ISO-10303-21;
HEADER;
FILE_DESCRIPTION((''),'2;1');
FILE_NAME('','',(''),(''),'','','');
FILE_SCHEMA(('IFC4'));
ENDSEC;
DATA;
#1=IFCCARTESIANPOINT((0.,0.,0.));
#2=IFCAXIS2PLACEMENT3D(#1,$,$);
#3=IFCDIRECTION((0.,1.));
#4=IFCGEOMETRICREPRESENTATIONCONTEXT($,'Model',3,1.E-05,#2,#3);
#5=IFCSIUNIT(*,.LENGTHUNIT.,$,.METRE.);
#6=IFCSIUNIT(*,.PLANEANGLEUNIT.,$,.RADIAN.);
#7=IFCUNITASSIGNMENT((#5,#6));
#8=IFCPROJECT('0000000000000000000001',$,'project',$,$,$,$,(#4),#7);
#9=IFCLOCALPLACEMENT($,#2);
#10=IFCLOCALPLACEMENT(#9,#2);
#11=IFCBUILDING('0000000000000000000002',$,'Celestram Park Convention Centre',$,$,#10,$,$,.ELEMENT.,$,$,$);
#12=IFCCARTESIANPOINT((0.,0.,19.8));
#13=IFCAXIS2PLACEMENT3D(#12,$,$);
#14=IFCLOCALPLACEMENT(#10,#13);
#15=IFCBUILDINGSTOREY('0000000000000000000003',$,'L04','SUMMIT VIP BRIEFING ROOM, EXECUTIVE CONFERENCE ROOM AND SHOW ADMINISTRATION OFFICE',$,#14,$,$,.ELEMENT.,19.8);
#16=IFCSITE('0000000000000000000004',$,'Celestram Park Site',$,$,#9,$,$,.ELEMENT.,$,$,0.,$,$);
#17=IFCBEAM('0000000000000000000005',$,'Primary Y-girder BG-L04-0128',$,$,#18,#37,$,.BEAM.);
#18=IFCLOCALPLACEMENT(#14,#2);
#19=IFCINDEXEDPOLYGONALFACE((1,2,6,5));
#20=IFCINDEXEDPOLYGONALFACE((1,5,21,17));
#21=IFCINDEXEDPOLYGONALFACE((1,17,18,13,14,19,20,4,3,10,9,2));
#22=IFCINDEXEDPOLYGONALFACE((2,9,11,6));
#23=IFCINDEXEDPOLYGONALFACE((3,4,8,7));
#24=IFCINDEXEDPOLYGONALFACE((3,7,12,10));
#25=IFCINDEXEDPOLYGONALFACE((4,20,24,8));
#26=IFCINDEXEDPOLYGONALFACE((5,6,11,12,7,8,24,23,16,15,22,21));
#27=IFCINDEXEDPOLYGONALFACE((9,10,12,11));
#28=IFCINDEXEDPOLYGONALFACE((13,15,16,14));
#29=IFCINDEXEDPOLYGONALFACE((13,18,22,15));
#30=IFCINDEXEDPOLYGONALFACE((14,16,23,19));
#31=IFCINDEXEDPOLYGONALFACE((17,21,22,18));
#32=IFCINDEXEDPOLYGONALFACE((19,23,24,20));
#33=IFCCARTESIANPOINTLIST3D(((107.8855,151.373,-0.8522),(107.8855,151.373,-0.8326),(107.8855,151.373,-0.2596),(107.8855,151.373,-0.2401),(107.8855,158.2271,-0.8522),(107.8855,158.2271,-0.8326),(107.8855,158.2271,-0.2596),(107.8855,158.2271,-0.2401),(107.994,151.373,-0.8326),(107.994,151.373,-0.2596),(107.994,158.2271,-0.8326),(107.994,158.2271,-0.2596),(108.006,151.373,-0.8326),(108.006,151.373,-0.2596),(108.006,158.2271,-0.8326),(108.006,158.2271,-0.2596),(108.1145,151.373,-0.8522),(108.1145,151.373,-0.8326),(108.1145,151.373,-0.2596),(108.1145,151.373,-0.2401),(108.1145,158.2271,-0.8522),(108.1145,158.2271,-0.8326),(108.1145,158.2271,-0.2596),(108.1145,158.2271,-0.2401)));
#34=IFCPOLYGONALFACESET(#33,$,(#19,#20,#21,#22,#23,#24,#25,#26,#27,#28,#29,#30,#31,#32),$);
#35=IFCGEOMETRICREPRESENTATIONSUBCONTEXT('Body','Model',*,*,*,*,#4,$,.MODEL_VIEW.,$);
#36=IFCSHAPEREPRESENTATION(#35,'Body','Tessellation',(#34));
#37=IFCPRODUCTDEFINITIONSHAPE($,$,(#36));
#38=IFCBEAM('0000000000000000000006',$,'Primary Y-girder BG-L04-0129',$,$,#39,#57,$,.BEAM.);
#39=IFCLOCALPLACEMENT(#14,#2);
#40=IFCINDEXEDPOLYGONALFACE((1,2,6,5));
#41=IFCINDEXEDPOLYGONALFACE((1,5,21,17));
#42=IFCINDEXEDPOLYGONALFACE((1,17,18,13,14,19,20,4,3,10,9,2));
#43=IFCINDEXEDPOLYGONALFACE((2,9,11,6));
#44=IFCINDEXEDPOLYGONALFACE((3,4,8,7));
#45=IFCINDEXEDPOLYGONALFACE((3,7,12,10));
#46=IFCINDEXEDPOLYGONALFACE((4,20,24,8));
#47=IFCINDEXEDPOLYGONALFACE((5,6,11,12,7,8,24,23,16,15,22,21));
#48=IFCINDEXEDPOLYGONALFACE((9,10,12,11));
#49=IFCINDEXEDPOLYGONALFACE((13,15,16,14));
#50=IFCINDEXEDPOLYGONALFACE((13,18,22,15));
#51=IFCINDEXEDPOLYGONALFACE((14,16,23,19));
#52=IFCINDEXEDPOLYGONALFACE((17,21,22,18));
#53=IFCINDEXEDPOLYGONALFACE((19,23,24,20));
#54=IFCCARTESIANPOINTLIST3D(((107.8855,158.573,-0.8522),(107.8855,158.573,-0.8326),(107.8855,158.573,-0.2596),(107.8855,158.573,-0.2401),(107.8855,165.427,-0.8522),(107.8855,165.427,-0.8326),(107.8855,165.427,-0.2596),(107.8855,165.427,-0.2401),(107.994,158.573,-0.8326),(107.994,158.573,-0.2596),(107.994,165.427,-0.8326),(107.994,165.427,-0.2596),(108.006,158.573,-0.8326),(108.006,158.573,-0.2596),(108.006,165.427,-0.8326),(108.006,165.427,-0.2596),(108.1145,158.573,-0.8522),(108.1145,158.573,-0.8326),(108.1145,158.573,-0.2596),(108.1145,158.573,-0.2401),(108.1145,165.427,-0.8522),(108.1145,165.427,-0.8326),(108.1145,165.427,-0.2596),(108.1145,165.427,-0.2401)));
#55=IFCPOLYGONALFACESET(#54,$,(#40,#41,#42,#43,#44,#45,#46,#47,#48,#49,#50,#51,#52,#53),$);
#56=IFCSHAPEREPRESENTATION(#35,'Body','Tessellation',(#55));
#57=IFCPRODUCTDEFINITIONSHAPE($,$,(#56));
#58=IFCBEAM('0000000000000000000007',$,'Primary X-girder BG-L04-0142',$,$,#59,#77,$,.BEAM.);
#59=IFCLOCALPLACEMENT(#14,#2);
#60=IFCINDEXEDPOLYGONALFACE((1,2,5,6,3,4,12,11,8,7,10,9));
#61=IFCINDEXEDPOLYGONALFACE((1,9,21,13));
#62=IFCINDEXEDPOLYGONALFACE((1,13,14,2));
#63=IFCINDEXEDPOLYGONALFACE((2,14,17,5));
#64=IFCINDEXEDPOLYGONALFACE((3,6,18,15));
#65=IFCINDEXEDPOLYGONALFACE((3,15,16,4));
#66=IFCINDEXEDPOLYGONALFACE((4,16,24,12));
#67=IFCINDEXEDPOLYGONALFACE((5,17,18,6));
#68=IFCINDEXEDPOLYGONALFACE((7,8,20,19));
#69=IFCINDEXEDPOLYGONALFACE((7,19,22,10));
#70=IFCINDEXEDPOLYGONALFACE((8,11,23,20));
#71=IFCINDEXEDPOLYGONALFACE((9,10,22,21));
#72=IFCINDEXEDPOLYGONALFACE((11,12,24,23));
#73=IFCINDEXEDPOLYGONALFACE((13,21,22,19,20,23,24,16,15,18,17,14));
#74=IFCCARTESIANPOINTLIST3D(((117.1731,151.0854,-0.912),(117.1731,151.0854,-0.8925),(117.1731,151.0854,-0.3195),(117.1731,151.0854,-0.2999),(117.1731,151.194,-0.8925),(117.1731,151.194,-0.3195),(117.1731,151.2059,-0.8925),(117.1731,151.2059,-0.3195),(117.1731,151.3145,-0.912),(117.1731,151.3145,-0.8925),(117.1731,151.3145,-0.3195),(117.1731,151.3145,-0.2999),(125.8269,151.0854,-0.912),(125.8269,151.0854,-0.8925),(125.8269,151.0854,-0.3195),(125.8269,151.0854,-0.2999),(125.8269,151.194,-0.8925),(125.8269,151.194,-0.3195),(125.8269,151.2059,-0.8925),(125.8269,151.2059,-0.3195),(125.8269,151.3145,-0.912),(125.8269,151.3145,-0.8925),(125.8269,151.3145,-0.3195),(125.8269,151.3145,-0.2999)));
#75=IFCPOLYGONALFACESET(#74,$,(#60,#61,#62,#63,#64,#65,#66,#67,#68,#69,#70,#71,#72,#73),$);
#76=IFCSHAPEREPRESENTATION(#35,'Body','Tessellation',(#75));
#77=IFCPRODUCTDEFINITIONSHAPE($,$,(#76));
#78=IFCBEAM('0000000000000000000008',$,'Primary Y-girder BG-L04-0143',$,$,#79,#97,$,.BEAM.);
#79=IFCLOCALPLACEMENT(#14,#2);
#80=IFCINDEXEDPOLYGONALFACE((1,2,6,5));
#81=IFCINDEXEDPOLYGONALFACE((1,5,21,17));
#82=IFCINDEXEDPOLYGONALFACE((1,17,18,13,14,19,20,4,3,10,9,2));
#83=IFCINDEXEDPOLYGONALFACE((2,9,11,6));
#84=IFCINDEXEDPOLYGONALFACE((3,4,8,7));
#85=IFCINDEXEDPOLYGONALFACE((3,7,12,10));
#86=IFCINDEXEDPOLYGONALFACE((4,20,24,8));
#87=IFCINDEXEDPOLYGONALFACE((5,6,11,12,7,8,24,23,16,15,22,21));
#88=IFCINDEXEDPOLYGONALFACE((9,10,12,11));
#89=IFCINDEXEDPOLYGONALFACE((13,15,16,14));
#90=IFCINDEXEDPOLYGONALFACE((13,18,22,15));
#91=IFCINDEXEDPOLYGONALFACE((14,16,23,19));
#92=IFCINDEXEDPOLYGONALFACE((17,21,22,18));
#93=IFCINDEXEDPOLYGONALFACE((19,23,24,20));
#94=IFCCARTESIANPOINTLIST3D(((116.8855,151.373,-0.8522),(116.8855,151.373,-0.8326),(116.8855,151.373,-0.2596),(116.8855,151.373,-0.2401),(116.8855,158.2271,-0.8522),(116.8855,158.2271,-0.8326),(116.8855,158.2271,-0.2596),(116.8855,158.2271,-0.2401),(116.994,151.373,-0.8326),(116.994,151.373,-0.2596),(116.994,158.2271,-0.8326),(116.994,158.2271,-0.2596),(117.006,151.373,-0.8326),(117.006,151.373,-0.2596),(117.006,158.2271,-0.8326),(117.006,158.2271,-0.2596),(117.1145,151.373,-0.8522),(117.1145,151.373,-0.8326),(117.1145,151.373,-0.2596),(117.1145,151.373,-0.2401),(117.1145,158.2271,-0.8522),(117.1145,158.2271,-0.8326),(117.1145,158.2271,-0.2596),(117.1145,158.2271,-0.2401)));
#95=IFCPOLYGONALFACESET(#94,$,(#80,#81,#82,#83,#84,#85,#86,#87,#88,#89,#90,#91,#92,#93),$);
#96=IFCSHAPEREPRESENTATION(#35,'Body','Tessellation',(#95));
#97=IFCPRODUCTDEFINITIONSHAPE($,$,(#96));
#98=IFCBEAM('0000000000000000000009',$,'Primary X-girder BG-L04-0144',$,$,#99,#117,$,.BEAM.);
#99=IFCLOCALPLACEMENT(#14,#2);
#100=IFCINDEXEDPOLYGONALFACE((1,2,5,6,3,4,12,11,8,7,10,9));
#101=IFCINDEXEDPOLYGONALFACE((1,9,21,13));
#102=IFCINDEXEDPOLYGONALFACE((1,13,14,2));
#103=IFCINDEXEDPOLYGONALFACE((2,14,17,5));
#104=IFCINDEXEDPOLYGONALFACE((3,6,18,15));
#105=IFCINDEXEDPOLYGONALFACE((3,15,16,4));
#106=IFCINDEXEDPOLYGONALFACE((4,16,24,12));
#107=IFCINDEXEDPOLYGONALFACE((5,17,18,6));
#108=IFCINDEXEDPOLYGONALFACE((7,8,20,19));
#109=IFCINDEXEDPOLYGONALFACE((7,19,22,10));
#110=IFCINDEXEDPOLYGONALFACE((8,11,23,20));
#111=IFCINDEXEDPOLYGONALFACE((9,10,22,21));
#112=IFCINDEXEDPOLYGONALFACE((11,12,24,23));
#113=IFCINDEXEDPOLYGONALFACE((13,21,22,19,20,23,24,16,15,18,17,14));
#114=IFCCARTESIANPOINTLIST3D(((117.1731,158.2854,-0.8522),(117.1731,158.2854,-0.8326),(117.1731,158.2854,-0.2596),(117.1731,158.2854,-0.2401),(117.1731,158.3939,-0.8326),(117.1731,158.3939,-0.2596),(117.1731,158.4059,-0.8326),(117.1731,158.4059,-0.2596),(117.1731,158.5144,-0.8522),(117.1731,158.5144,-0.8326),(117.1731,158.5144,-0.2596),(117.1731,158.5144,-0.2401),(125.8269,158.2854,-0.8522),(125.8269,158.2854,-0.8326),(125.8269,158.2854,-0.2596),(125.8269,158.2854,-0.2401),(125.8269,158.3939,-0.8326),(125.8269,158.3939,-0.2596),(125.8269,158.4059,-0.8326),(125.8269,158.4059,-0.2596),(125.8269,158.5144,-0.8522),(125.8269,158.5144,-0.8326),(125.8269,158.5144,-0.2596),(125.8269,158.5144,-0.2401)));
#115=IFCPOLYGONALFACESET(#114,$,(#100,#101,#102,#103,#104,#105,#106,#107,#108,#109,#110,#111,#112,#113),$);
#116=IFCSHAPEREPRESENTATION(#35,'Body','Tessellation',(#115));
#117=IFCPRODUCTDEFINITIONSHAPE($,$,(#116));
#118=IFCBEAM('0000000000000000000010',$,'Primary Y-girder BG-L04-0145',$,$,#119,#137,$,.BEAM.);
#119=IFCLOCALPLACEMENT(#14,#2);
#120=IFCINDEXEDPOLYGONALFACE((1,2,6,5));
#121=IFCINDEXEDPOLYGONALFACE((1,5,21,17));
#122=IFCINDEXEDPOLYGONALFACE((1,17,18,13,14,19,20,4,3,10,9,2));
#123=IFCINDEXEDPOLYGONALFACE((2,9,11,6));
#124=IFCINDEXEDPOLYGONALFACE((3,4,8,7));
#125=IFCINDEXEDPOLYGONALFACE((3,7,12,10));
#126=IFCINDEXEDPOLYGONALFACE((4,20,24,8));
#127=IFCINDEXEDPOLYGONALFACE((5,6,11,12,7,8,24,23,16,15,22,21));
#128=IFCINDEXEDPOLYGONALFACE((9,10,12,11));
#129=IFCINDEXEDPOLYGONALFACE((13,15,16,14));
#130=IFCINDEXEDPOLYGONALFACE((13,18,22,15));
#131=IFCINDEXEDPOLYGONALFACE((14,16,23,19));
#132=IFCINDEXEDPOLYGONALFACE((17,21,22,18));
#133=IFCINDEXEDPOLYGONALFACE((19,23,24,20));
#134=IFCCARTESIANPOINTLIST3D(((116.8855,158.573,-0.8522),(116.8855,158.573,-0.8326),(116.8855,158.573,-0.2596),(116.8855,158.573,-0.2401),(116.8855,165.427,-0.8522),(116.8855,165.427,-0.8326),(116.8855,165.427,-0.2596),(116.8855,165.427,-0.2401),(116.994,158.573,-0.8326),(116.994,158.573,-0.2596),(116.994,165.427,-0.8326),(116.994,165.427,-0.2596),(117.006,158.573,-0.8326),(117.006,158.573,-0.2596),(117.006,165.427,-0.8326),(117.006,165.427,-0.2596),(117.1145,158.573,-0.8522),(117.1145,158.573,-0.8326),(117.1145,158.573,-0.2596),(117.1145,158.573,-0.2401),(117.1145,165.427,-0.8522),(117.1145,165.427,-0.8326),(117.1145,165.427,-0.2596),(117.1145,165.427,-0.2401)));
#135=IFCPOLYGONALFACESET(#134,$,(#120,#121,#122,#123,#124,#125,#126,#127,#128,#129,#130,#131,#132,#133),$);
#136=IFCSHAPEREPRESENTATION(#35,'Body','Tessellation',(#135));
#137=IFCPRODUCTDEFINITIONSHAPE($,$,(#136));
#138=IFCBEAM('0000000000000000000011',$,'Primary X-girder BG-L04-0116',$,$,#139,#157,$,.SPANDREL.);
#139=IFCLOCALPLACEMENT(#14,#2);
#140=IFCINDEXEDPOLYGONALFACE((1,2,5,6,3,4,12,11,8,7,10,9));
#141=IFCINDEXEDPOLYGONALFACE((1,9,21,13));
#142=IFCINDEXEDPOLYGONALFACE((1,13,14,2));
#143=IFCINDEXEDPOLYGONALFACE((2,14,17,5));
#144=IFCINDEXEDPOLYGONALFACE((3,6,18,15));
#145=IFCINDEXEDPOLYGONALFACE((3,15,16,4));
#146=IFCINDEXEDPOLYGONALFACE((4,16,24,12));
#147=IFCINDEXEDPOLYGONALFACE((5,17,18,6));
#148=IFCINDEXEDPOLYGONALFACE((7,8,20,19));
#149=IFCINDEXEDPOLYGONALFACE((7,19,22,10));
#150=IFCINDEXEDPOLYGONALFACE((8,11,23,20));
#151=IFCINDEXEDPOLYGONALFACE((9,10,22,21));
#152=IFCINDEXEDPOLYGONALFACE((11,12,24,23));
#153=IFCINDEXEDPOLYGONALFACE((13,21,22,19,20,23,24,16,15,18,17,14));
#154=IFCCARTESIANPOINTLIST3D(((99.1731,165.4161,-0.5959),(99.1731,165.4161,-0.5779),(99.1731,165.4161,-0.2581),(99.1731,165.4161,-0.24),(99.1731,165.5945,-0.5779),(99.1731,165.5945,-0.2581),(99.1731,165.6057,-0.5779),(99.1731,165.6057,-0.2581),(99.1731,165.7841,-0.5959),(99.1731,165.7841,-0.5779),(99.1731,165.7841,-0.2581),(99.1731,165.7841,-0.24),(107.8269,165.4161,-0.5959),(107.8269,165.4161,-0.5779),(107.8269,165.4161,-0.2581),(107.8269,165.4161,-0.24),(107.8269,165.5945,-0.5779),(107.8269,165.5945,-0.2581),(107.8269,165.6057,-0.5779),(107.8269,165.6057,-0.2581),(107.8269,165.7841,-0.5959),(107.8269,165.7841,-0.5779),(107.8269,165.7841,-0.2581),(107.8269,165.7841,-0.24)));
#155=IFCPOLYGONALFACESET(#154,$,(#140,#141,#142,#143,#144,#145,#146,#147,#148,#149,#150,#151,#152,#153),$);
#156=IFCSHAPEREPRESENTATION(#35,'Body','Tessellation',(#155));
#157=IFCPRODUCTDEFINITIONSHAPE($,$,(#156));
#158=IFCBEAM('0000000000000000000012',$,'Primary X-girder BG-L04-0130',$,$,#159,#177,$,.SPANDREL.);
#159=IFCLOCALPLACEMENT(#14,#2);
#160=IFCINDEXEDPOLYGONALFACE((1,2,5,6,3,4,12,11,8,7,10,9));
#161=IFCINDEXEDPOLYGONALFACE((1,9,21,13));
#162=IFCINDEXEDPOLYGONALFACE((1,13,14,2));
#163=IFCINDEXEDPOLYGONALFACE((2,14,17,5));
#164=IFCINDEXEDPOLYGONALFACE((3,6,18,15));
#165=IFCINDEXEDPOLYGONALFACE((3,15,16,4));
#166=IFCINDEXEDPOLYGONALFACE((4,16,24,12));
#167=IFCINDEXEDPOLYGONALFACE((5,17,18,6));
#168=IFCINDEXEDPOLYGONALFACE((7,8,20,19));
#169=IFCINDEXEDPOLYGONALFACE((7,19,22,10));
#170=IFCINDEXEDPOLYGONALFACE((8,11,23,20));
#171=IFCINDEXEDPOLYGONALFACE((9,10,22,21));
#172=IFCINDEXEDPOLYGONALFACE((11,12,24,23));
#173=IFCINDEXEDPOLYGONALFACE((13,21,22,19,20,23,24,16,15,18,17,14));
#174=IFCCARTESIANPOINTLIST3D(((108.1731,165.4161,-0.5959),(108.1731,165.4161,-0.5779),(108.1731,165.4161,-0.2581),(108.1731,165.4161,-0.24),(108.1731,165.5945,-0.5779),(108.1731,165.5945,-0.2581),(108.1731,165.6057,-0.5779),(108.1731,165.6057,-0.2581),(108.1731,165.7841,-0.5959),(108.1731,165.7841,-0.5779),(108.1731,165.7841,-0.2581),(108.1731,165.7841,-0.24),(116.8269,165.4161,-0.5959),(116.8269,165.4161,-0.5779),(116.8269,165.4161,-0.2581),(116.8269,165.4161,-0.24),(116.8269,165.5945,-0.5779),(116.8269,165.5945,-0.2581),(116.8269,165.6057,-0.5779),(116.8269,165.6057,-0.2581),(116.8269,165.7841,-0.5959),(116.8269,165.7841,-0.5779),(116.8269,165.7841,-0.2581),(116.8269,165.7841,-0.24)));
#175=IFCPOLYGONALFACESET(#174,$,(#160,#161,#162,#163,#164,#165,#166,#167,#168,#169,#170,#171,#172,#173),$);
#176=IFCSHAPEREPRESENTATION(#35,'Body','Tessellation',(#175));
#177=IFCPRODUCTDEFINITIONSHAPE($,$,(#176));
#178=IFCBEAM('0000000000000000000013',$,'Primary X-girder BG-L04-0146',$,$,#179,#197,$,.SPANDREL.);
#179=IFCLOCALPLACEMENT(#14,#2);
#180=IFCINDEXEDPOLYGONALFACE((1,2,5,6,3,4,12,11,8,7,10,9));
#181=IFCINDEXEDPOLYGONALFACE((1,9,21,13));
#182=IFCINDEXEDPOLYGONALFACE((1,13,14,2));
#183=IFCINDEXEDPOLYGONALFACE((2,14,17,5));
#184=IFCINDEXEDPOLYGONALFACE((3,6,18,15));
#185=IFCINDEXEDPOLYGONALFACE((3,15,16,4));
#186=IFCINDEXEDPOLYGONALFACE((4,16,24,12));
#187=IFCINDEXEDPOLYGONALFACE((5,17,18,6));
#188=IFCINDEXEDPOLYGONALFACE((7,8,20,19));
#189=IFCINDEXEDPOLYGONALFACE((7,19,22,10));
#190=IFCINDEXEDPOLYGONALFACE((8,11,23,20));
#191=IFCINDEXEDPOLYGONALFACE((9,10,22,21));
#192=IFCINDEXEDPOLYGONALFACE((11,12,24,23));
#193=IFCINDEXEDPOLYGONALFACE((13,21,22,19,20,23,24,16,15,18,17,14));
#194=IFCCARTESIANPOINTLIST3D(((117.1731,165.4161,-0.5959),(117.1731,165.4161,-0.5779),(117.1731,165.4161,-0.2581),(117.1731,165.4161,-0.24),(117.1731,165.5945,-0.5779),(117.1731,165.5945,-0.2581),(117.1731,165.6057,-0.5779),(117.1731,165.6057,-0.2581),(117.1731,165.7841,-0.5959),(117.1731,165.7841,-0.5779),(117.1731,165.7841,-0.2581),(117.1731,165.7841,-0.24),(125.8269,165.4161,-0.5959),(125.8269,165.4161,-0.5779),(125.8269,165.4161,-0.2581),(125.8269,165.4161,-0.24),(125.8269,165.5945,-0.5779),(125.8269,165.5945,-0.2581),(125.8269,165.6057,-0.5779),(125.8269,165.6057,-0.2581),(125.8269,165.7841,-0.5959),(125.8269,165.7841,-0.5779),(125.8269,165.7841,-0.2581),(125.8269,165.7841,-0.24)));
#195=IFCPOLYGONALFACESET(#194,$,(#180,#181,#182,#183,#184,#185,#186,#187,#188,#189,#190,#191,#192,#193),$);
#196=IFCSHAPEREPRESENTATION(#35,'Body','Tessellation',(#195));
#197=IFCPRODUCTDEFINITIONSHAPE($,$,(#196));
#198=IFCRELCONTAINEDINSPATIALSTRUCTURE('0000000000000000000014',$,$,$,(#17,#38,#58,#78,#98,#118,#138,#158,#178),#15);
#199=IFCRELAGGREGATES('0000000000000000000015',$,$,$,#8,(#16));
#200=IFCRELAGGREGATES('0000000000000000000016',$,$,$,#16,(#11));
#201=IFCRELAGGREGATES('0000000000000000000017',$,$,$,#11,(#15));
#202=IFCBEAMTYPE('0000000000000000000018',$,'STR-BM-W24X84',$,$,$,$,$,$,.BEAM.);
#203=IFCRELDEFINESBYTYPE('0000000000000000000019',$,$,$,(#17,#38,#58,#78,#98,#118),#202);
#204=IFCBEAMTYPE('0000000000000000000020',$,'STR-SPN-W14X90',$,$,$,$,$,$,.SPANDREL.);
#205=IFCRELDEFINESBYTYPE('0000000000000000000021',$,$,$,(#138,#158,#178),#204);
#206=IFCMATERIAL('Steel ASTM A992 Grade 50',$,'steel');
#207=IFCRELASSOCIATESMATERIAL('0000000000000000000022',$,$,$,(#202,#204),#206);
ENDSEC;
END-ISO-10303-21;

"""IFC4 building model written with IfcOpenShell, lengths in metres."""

from ifc_helpers import new_model, si_unit, direction, frame, origin, origin_2d, place, context, subcontext, project, spatial, i_section, extrude, material, material_profile, profile_set, type_object, element, save


model = new_model("IFC4")

# Units and contexts
model_context = context("Model", 3, precision=1e-05, world=origin(), true_north=direction((0.0, 1.0)))
body_context = subcontext(model_context, "Body", "Model", "MODEL_VIEW")
ifc_project = project(units=[si_unit("LENGTHUNIT", "METRE"), si_unit("PLANEANGLEUNIT", "RADIAN")], contexts=[model_context])

# Site, building, storey
site_placement = place(None, origin())
site = spatial("IfcSite", under=ifc_project, at=site_placement, Name="Celestram Park Site", CompositionType="ELEMENT", RefElevation=0.0)
building_placement = place(site_placement, origin())
building = spatial("IfcBuilding", under=site, at=building_placement, Name="Celestram Park Convention Centre", CompositionType="ELEMENT")
storey_placement = place(building_placement, frame((0.0, 0.0, 19.8)))
storey = spatial("IfcBuildingStorey", under=building, at=storey_placement, Name="L04", Description="SUMMIT VIP BRIEFING ROOM, EXECUTIVE CONFERENCE ROOM AND SHOW ADMINISTRATION OFFICE", CompositionType="ELEMENT", Elevation=19.8)

# Beams
ifc_material_1 = material(Name="Steel ASTM A992 Grade 50", Category="steel")
ifc_material_profile_1 = material_profile(ifc_material_1, i_section(OverallWidth=0.229, OverallDepth=0.6121, WebThickness=0.012, FlangeThickness=0.0195, at=origin_2d()), Name="W24X84")
ifc_profile_set_1 = profile_set([ifc_material_profile_1], Name="Steel ASTM A992 Grade 50")
beam_type_1 = type_object("IfcBeamType", Name="STR-BM-W24X84", PredefinedType="BEAM", material=ifc_profile_set_1)
for number, where, z_axis, x_axis, name in (
    (1, (108.0, 151.373, -0.5461), (0.0, 1.0, 0.0), (-1.0, 0.0, 0.0), "Primary Y-girder BG-L04-0128"),
    (2, (108.0, 158.573, -0.5461), (0.0, 1.0, 0.0), (-1.0, 0.0, 0.0), "Primary Y-girder BG-L04-0129"),
):
    element("IfcBeam", number, at=place(storey_placement, frame(where, z_axis=z_axis, x_axis=x_axis)), inside=storey, type_object=beam_type_1, Name=name, PredefinedType="BEAM", context=body_context, shape_type="SweptSolid", body=[
        extrude(i_section(OverallWidth=0.229, OverallDepth=0.6121, WebThickness=0.012, FlangeThickness=0.0195, at=origin_2d()), origin(), (0.0, 0.0, 1.0), 6.854),
    ])
beam_1_placement = place(storey_placement, frame((117.1731, 151.2, -0.606), z_axis=(1.0, 0.0, 0.0), x_axis=(0.0, 1.0, 0.0)))
element("IfcBeam", 3, at=beam_1_placement, inside=storey, type_object=beam_type_1, Name="Primary X-girder BG-L04-0142", PredefinedType="BEAM", context=body_context, shape_type="SweptSolid", body=[
    extrude(i_section(OverallWidth=0.229, OverallDepth=0.6121, WebThickness=0.012, FlangeThickness=0.0195, at=origin_2d()), origin(), (0.0, 0.0, 1.0), 8.6538),
])
beam_2_placement = place(storey_placement, frame((117.0, 151.373, -0.5461), z_axis=(0.0, 1.0, 0.0), x_axis=(-1.0, 0.0, 0.0)))
element("IfcBeam", 4, at=beam_2_placement, inside=storey, type_object=beam_type_1, Name="Primary Y-girder BG-L04-0143", PredefinedType="BEAM", context=body_context, shape_type="SweptSolid", body=[
    extrude(i_section(OverallWidth=0.229, OverallDepth=0.6121, WebThickness=0.012, FlangeThickness=0.0195, at=origin_2d()), origin(), (0.0, 0.0, 1.0), 6.854),
])
beam_3_placement = place(storey_placement, frame((117.1731, 158.3999, -0.5461), z_axis=(1.0, 0.0, 0.0), x_axis=(0.0, 1.0, 0.0)))
element("IfcBeam", 5, at=beam_3_placement, inside=storey, type_object=beam_type_1, Name="Primary X-girder BG-L04-0144", PredefinedType="BEAM", context=body_context, shape_type="SweptSolid", body=[
    extrude(i_section(OverallWidth=0.229, OverallDepth=0.6121, WebThickness=0.012, FlangeThickness=0.0195, at=origin_2d()), origin(), (0.0, 0.0, 1.0), 8.6538),
])
beam_4_placement = place(storey_placement, frame((117.0, 158.573, -0.5461), z_axis=(0.0, 1.0, 0.0), x_axis=(-1.0, 0.0, 0.0)))
element("IfcBeam", 6, at=beam_4_placement, inside=storey, type_object=beam_type_1, Name="Primary Y-girder BG-L04-0145", PredefinedType="BEAM", context=body_context, shape_type="SweptSolid", body=[
    extrude(i_section(OverallWidth=0.229, OverallDepth=0.6121, WebThickness=0.012, FlangeThickness=0.0195, at=origin_2d()), origin(), (0.0, 0.0, 1.0), 6.854),
])
ifc_material_profile_2 = material_profile(ifc_material_1, i_section(OverallWidth=0.3679, OverallDepth=0.356, WebThickness=0.0112, FlangeThickness=0.0181, at=origin_2d()), Name="W14X90")
ifc_profile_set_2 = profile_set([ifc_material_profile_2], Name="Steel ASTM A992 Grade 50")
beam_type_2 = type_object("IfcBeamType", Name="STR-SPN-W14X90", PredefinedType="SPANDREL", material=ifc_profile_set_2)
for number, where, z_axis, x_axis, name in (
    (7, (99.1731, 165.6001, -0.418), (1.0, 0.0, 0.0), (0.0, 1.0, 0.0), "Primary X-girder BG-L04-0116"),
    (8, (108.1731, 165.6001, -0.418), (1.0, 0.0, 0.0), (0.0, 1.0, 0.0), "Primary X-girder BG-L04-0130"),
    (9, (117.1731, 165.6001, -0.418), (1.0, 0.0, 0.0), (0.0, 1.0, 0.0), "Primary X-girder BG-L04-0146"),
):
    element("IfcBeam", number, at=place(storey_placement, frame(where, z_axis=z_axis, x_axis=x_axis)), inside=storey, type_object=beam_type_2, Name=name, PredefinedType="SPANDREL", context=body_context, shape_type="SweptSolid", body=[
        extrude(i_section(OverallWidth=0.3679, OverallDepth=0.356, WebThickness=0.0112, FlangeThickness=0.0181, at=origin_2d()), origin(), (0.0, 0.0, 1.0), 8.6538),
    ])

save(model, "model.ifc")
